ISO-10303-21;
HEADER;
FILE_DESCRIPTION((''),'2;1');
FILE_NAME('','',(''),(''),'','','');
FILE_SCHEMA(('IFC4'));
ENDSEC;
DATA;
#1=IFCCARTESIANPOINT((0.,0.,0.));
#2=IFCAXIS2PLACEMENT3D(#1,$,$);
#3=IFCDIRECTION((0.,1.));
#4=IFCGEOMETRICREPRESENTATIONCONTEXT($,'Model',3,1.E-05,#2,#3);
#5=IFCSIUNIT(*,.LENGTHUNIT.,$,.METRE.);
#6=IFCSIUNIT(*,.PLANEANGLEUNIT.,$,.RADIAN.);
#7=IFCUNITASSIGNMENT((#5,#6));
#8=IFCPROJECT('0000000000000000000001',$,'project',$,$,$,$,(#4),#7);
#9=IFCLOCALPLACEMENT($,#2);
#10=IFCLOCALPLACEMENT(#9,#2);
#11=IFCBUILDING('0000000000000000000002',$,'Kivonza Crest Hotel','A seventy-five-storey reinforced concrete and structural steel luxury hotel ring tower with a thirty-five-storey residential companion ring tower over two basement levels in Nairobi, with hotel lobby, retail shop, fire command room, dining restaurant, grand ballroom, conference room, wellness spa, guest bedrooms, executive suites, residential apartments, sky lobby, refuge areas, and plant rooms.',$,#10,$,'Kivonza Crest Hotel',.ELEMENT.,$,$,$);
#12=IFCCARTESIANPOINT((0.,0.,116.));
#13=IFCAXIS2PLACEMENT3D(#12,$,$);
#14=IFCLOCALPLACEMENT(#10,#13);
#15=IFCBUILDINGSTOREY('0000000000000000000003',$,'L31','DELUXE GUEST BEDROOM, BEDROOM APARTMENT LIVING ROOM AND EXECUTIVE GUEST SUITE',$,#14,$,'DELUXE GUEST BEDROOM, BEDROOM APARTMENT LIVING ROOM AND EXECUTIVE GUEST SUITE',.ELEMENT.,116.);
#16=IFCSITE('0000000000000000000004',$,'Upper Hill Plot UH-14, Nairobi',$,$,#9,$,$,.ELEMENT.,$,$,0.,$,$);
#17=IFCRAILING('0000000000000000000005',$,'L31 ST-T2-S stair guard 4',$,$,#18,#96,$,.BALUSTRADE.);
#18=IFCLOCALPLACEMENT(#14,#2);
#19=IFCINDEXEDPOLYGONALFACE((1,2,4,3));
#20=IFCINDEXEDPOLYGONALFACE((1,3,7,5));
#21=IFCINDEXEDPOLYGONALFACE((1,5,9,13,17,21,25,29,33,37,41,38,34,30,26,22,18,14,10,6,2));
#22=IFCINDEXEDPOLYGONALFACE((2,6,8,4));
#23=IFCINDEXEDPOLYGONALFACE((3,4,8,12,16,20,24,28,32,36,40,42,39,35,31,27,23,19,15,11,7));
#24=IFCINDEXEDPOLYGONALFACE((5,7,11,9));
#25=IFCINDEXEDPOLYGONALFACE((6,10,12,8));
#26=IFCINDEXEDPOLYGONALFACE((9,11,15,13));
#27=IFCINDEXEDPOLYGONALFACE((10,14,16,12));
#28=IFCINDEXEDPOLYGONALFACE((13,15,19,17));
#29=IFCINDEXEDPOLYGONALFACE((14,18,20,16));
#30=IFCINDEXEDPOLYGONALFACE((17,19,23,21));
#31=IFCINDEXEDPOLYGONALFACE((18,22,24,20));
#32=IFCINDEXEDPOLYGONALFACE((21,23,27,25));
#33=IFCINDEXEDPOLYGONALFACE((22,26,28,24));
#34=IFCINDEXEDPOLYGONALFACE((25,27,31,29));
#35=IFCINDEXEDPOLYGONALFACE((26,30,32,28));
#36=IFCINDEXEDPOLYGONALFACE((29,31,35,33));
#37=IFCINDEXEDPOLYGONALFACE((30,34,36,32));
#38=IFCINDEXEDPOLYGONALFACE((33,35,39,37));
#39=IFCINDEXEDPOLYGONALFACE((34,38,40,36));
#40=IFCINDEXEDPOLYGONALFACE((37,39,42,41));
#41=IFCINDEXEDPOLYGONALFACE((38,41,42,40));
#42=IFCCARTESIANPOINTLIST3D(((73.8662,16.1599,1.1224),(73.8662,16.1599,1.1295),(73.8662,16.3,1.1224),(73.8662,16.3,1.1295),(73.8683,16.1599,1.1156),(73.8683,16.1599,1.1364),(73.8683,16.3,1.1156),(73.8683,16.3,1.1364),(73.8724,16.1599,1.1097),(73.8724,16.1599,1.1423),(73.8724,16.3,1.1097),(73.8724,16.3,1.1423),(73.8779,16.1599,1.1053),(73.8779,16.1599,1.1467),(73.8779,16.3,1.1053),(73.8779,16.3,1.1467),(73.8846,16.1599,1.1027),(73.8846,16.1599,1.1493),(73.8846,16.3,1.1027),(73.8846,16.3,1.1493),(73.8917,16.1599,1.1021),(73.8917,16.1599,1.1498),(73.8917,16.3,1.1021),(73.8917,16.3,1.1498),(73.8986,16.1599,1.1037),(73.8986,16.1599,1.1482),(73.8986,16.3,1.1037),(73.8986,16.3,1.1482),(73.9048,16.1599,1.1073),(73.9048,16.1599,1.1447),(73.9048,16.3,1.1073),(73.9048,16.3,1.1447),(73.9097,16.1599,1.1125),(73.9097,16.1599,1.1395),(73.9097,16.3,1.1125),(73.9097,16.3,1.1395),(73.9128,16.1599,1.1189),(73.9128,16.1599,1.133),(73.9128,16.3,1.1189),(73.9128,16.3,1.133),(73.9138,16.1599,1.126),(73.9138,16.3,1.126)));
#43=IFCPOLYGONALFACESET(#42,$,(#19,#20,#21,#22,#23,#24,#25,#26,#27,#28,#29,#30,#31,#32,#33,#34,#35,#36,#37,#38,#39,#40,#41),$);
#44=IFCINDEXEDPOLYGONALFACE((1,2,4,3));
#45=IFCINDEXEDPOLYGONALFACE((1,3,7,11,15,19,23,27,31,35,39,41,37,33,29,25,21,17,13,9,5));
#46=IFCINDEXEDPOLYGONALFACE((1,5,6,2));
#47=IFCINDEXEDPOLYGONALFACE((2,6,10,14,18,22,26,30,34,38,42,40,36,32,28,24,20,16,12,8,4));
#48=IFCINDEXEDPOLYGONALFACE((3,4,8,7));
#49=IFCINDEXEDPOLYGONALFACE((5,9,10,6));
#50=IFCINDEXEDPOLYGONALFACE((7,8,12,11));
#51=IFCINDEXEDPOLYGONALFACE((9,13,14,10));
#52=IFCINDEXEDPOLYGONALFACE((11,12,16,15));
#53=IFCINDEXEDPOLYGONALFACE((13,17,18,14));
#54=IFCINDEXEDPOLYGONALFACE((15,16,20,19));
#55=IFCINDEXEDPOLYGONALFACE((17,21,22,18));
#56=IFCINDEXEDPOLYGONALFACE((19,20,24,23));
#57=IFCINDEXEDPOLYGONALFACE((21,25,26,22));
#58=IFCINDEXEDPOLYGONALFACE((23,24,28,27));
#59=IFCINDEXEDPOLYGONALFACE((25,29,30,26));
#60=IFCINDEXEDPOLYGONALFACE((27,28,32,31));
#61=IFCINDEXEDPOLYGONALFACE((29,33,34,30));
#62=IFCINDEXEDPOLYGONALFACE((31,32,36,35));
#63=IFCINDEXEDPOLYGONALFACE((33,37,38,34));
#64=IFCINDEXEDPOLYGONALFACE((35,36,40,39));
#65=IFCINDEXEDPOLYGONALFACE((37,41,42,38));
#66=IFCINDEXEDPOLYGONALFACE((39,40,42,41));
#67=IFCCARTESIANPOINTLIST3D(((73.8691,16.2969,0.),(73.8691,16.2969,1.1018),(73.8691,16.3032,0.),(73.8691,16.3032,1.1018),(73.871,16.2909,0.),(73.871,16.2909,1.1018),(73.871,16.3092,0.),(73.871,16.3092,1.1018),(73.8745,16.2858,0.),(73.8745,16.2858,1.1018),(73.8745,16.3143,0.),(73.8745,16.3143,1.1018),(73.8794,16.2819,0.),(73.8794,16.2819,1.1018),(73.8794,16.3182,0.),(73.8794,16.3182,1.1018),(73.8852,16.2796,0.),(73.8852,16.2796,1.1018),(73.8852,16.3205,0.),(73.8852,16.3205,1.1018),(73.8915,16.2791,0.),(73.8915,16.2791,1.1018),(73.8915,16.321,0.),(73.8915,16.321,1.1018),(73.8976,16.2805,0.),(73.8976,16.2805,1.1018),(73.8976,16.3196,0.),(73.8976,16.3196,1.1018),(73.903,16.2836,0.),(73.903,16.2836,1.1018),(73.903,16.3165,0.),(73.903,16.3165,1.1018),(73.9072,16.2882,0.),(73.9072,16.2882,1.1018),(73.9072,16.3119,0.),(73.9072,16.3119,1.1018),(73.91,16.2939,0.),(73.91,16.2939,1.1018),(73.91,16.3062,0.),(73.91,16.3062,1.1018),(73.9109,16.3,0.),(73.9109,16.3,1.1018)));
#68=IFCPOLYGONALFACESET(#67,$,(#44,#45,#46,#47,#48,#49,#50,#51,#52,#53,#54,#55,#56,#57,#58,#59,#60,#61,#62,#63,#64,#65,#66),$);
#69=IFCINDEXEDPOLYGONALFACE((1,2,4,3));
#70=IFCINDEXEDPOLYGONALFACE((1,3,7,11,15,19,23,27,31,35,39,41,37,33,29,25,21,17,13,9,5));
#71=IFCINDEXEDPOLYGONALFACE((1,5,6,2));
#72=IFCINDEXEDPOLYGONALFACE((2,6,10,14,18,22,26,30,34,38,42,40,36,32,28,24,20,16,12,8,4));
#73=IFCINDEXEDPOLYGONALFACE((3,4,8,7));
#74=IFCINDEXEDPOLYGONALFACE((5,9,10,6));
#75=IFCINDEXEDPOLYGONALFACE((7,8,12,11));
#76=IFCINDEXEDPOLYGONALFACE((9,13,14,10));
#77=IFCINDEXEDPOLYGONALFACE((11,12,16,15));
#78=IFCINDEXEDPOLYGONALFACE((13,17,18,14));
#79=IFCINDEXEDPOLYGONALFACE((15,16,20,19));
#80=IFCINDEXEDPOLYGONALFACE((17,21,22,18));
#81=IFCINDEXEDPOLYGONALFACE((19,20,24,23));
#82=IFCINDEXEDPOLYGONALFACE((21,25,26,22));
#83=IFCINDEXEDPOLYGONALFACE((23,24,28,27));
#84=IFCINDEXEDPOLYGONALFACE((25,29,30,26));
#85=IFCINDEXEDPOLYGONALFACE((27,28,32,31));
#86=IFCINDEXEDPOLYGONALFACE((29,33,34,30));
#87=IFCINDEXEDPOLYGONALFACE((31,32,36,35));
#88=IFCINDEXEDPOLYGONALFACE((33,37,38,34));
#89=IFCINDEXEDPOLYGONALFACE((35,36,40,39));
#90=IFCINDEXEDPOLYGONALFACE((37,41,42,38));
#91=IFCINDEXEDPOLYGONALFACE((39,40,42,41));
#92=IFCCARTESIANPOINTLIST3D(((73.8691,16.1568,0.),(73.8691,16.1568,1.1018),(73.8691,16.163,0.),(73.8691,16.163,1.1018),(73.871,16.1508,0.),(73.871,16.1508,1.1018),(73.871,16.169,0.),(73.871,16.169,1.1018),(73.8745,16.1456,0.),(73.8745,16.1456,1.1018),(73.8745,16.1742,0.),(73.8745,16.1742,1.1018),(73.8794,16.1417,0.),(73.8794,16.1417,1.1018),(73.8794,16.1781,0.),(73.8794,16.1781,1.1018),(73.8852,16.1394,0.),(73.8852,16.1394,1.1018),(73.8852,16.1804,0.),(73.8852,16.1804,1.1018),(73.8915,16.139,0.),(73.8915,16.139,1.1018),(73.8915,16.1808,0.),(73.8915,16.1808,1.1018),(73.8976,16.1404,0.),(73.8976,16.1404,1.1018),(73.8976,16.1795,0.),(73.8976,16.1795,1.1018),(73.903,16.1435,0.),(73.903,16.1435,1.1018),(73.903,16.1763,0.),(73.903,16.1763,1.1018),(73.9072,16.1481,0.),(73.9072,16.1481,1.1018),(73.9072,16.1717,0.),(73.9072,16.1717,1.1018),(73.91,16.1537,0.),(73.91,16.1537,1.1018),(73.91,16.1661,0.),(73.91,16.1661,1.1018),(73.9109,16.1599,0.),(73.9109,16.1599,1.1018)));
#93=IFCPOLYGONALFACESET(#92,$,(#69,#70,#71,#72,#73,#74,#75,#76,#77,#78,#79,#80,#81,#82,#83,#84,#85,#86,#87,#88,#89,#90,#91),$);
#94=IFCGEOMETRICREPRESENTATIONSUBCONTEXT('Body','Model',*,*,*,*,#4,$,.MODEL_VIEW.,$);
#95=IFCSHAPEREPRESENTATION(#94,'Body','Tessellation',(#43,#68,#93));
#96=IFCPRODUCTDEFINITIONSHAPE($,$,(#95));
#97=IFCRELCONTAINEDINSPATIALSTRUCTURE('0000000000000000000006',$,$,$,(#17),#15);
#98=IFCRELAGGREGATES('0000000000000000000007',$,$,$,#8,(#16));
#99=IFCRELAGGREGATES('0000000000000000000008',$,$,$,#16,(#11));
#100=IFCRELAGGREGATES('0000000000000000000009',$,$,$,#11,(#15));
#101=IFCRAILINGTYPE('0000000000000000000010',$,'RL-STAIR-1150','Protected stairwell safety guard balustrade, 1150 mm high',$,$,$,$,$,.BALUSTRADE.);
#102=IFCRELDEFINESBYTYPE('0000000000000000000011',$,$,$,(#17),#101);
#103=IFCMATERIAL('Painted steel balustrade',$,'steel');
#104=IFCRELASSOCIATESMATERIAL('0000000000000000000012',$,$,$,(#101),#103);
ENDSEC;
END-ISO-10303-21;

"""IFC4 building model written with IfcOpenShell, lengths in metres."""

from ifc_helpers import new_model, si_unit, direction, frame, origin, origin_2d, place, context, subcontext, project, spatial, circle, extrude, material, type_object, element, save


model = new_model("IFC4")

# Units and contexts
model_context = context("Model", 3, precision=1e-05, world=origin(), true_north=direction((0.0, 1.0)))
body_context = subcontext(model_context, "Body", "Model", "MODEL_VIEW")
ifc_project = project(units=[si_unit("LENGTHUNIT", "METRE"), si_unit("PLANEANGLEUNIT", "RADIAN")], contexts=[model_context])

# Site, building, storey
site_placement = place(None, origin())
site = spatial("IfcSite", under=ifc_project, at=site_placement, Name="Upper Hill Plot UH-14, Nairobi", CompositionType="ELEMENT", RefElevation=0.0)
building_placement = place(site_placement, origin())
building = spatial("IfcBuilding", under=site, at=building_placement, Name="Kivonza Crest Hotel", Description="A seventy-five-storey reinforced concrete and structural steel luxury hotel ring tower with a thirty-five-storey residential companion ring tower over two basement levels in Nairobi, with hotel lobby, retail shop, fire command room, dining restaurant, grand ballroom, conference room, wellness spa, guest bedrooms, executive suites, residential apartments, sky lobby, refuge areas, and plant rooms.", LongName="Kivonza Crest Hotel", CompositionType="ELEMENT")
storey_placement = place(building_placement, frame((0.0, 0.0, 116.0)))
storey = spatial("IfcBuildingStorey", under=building, at=storey_placement, Name="L31", Description="DELUXE GUEST BEDROOM, BEDROOM APARTMENT LIVING ROOM AND EXECUTIVE GUEST SUITE", LongName="DELUXE GUEST BEDROOM, BEDROOM APARTMENT LIVING ROOM AND EXECUTIVE GUEST SUITE", CompositionType="ELEMENT", Elevation=116.0)

# Railing
ifc_material_1 = material(Name="Painted steel balustrade", Category="steel")
railing_type_1 = type_object("IfcRailingType", Name="RL-STAIR-1150", Description="Protected stairwell safety guard balustrade, 1150 mm high", PredefinedType="BALUSTRADE", material=ifc_material_1)
railing_1_placement = place(storey_placement, frame((73.8899, 16.3, 0.0)))
element("IfcRailing", 1, at=railing_1_placement, inside=storey, type_object=railing_type_1, Name="L31 ST-T2-S stair guard 4", PredefinedType="BALUSTRADE", context=body_context, shape_type="SweptSolid", body=[
    extrude(circle(Radius=0.0239, at=origin_2d()), frame((0.0, 0.0, 1.126), z_axis=(0.0, -1.0, 0.0), x_axis=(1.0, 0.0, 0.0)), (0.0, 0.0, 1.0), 0.1401),
    extrude(circle(Radius=0.021, at=origin_2d()), origin(), (0.0, 0.0, 1.0), 1.1018),
    extrude(circle(Radius=0.021, at=origin_2d()), frame((0.0, -0.1401, 0.0)), (0.0, 0.0, 1.0), 1.1018),
])

save(model, "model.ifc")
